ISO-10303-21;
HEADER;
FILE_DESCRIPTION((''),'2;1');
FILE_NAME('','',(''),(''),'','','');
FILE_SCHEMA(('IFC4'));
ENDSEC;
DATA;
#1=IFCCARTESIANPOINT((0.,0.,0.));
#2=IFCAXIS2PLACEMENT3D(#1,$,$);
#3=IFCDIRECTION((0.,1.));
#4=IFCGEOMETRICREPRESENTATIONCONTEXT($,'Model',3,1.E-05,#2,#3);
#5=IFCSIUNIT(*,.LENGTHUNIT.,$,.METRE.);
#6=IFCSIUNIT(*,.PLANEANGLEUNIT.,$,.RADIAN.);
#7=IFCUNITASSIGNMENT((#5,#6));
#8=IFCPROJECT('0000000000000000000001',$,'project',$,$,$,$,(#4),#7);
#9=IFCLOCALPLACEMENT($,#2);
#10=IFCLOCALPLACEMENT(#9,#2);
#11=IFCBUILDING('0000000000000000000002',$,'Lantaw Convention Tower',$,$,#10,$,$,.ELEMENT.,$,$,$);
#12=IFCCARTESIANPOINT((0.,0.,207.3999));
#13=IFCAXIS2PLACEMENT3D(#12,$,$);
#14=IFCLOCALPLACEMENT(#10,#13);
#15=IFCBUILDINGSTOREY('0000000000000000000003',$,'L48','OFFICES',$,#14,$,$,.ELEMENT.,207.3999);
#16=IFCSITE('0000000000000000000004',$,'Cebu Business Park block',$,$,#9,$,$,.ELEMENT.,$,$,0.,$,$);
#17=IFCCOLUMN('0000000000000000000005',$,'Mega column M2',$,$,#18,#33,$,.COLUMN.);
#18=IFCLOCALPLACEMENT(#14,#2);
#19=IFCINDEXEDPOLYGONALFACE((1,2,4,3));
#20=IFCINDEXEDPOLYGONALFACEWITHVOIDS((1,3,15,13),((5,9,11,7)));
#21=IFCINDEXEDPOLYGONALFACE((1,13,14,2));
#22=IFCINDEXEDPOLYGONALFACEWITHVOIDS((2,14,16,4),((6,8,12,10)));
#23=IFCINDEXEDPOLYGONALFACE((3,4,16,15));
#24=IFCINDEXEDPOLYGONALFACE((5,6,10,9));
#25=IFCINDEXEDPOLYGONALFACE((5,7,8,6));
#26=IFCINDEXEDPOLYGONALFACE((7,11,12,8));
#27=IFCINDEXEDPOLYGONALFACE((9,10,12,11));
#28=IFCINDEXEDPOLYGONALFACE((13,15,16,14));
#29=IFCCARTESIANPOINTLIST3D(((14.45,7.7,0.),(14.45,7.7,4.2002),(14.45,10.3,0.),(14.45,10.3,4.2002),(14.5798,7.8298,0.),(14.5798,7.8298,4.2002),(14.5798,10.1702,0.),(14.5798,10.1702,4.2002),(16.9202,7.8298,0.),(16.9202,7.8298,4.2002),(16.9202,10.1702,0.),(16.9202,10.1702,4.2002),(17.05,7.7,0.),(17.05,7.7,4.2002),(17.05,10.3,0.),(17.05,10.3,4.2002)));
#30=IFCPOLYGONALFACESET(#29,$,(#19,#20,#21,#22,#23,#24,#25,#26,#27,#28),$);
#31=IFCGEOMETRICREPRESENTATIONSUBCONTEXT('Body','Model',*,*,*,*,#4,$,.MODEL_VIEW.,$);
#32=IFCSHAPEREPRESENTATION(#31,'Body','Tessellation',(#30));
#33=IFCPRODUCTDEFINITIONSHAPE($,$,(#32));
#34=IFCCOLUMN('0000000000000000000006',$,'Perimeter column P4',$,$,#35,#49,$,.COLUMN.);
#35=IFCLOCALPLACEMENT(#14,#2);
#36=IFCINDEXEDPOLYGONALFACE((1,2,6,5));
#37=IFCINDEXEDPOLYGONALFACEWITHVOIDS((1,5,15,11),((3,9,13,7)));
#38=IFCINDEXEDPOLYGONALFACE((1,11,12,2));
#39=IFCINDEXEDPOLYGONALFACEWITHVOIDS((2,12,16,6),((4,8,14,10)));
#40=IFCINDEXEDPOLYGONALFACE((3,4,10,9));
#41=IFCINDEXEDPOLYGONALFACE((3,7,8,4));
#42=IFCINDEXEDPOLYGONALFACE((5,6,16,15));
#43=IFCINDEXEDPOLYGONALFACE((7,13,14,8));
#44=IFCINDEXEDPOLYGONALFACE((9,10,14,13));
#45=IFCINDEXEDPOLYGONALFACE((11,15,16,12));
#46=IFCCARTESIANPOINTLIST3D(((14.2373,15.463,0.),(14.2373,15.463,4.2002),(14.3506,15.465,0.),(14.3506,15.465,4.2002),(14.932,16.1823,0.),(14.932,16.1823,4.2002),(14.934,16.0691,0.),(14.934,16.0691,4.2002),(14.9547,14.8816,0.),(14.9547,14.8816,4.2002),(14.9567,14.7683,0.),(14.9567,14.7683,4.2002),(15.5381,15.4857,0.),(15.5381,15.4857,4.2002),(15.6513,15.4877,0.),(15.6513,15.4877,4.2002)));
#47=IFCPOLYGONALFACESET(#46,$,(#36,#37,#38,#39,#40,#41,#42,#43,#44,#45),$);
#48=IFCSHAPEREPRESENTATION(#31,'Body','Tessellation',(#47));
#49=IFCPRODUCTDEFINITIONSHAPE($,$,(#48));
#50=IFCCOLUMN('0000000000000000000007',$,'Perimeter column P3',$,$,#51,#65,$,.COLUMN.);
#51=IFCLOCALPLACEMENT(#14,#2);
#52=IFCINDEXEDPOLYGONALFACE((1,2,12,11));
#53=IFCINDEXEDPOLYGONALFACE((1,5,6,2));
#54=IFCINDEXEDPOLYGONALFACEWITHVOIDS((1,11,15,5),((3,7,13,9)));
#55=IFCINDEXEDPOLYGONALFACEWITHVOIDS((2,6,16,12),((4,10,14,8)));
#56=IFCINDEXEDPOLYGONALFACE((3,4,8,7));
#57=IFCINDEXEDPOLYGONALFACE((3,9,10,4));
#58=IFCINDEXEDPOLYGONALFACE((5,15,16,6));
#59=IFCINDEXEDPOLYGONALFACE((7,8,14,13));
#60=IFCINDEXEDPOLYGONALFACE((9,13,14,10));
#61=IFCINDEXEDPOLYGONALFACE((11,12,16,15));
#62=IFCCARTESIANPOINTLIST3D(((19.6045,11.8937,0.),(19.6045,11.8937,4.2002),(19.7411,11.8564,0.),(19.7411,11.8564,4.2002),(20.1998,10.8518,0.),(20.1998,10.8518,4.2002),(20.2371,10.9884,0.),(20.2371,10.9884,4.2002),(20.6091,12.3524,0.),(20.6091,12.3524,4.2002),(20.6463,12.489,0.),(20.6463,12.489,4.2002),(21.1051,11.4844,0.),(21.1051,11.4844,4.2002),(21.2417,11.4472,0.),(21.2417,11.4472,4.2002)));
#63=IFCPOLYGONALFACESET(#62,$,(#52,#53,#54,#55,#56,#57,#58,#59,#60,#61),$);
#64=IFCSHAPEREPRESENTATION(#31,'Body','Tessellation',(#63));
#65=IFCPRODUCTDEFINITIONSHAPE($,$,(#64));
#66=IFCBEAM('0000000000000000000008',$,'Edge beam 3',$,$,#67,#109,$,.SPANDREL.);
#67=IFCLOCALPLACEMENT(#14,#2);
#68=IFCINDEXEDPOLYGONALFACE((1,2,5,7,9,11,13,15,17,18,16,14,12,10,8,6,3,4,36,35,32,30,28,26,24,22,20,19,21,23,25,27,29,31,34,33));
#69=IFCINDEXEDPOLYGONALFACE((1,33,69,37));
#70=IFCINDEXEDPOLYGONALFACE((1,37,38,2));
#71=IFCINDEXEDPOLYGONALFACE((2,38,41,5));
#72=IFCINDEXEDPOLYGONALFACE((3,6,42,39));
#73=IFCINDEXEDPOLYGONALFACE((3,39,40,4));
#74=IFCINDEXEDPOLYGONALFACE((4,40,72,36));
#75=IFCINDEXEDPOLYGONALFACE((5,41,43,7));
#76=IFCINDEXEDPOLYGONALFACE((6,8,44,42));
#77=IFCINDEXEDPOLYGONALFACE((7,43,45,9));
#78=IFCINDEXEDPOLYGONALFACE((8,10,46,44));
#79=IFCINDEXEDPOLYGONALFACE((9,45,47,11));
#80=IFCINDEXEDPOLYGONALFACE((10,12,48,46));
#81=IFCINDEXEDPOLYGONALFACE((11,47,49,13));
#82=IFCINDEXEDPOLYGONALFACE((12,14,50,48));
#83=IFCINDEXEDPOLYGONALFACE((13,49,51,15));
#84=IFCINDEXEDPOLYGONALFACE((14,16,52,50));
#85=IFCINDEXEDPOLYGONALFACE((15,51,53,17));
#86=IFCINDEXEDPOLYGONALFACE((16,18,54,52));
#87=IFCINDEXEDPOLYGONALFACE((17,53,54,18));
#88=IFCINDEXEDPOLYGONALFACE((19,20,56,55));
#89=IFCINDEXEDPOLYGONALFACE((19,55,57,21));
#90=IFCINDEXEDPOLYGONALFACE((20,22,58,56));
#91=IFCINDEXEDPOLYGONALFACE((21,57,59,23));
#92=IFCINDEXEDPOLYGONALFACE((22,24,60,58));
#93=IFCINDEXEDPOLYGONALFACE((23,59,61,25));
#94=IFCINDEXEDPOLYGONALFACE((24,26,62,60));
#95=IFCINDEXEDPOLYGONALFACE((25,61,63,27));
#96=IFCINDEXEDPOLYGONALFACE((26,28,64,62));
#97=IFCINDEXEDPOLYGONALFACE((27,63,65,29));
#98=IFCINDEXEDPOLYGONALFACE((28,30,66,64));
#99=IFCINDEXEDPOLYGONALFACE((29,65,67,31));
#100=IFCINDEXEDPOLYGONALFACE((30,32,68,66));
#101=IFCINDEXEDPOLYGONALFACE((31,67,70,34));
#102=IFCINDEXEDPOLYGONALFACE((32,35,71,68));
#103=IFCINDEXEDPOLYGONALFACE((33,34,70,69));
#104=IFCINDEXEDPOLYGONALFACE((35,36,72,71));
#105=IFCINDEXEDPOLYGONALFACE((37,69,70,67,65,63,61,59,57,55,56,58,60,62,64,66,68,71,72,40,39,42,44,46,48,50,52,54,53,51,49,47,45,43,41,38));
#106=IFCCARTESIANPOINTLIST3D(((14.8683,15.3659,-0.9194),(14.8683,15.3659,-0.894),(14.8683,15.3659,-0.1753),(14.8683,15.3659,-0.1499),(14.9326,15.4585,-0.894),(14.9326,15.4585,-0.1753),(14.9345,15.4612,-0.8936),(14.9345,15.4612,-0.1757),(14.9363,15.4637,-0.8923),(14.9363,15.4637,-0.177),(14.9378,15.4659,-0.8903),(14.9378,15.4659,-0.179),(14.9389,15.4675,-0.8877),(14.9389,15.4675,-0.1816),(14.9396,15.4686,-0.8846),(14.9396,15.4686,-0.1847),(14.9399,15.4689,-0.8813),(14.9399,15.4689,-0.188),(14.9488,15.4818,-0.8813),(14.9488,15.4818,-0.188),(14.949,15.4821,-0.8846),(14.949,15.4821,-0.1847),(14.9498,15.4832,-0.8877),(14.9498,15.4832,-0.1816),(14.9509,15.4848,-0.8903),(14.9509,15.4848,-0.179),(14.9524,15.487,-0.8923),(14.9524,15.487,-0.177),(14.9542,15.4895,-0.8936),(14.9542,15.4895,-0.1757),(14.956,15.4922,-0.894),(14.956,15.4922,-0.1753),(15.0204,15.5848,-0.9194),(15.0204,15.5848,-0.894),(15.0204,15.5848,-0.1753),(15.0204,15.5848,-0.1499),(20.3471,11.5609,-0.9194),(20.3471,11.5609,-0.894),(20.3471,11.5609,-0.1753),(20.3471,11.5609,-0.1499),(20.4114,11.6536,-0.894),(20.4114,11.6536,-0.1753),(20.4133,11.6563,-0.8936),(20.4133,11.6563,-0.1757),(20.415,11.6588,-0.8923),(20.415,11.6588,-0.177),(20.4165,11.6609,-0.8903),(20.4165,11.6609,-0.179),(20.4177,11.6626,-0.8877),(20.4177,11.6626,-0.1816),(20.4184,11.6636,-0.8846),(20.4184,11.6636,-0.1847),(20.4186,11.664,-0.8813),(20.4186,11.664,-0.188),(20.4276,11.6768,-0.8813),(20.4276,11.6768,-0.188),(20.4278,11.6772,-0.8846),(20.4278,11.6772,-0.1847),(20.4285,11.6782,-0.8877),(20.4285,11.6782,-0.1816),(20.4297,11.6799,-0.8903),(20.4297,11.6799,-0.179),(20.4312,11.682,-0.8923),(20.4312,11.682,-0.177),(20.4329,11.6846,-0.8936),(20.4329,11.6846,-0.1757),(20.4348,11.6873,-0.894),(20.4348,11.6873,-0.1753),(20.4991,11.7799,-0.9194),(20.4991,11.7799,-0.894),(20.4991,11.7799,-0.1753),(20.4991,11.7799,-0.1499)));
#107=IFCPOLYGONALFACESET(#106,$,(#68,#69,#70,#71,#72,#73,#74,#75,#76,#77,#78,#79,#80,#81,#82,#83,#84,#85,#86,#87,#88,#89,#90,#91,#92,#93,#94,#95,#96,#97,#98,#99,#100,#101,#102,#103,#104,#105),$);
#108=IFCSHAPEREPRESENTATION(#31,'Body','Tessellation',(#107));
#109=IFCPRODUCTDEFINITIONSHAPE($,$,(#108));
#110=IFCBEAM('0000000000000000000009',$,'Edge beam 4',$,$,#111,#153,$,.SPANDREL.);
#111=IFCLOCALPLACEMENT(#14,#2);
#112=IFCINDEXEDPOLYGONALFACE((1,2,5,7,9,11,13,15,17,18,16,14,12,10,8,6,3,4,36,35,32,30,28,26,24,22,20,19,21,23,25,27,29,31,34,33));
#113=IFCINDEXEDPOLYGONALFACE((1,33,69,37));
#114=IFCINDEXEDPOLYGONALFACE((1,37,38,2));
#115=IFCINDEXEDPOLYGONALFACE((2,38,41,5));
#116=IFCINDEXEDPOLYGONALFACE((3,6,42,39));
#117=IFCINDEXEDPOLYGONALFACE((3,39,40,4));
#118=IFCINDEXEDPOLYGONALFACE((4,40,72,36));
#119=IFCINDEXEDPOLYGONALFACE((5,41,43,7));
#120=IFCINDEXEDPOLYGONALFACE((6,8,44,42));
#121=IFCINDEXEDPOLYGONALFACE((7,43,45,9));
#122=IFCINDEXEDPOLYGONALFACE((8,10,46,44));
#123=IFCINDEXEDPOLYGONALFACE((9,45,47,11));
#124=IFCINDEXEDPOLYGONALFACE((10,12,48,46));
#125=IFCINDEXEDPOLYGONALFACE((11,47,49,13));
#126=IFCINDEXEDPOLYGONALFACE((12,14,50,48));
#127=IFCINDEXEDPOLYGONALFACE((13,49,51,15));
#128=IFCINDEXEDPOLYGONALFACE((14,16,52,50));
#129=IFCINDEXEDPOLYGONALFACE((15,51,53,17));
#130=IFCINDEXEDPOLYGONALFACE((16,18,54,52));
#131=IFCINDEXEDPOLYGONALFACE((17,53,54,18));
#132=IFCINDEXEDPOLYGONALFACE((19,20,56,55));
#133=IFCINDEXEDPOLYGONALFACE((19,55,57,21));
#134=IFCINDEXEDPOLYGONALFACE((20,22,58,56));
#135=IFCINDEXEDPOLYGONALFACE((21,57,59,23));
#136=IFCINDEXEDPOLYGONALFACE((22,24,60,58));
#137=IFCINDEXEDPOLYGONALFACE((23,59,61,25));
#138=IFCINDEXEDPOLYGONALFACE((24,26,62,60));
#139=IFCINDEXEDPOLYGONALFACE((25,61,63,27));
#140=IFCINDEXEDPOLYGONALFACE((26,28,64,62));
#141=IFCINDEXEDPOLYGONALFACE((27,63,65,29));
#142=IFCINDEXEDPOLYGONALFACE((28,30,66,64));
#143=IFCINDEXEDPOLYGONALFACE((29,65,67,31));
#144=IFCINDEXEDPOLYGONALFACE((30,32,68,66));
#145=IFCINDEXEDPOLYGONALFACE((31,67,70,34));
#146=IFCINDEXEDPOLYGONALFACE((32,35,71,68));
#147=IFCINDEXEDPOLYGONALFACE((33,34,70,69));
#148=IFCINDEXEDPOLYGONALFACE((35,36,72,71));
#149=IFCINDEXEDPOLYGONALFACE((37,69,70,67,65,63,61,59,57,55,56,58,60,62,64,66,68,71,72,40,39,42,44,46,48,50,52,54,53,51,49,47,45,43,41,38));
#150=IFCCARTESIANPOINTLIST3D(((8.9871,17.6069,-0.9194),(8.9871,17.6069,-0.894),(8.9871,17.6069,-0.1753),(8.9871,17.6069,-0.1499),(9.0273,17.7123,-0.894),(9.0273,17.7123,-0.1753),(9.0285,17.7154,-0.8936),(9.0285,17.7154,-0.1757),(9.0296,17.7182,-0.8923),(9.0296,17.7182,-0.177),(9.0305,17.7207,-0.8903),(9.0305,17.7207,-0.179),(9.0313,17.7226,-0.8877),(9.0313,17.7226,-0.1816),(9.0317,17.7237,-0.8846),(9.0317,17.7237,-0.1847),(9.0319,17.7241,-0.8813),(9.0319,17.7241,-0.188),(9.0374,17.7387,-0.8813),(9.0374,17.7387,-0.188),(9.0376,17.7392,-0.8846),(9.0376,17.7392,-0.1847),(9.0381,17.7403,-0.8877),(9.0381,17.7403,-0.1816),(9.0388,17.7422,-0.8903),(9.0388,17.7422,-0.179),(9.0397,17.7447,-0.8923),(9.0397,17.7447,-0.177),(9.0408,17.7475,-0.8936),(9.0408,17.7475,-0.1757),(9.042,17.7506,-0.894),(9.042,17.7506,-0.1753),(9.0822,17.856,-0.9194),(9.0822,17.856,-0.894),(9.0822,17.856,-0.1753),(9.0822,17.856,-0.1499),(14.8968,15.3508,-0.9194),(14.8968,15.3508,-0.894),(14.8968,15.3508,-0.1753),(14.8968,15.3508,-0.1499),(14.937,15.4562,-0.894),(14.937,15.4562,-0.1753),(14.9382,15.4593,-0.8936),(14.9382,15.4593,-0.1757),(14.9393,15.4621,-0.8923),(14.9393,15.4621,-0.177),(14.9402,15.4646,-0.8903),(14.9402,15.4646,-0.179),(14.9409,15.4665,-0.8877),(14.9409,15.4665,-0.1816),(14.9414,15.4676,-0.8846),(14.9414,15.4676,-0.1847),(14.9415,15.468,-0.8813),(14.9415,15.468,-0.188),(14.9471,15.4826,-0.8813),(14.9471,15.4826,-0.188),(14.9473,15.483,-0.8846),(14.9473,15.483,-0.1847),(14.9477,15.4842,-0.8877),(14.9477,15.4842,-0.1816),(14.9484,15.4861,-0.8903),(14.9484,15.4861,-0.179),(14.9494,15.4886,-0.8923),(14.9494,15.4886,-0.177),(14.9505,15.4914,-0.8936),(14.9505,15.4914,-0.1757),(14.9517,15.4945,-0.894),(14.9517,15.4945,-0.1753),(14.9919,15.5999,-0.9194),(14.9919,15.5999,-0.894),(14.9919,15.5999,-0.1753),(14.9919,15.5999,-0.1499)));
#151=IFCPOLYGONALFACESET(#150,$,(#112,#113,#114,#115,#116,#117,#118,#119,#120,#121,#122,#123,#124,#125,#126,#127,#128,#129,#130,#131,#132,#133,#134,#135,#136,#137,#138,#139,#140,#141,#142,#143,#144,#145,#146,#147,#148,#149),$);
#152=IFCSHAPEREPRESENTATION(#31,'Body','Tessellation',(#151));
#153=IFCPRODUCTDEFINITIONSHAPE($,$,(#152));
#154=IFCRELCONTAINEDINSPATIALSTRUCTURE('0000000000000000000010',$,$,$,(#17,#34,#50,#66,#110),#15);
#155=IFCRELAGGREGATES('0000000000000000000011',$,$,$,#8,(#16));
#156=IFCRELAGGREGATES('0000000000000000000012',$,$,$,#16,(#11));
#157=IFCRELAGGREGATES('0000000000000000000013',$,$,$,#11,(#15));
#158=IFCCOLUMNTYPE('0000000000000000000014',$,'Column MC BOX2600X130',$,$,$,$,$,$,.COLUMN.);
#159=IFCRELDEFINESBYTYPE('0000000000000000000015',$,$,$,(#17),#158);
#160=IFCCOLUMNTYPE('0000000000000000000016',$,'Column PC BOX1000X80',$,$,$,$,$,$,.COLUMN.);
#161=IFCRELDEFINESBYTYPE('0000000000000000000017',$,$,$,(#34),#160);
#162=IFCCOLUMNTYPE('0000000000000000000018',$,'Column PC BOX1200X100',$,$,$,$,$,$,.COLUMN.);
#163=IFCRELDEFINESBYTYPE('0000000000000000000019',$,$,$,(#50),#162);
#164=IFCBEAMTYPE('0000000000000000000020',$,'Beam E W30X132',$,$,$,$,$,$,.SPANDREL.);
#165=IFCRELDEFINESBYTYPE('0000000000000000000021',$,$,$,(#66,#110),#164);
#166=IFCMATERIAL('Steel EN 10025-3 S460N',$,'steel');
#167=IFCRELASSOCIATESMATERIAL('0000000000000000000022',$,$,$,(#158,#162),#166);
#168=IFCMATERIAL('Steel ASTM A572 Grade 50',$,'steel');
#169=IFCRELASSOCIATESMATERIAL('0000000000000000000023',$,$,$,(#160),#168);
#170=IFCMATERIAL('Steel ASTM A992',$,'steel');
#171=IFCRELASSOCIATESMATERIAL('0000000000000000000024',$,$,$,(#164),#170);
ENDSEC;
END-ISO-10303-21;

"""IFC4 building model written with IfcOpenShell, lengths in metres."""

from ifc_helpers import new_model, si_unit, direction, frame, origin, origin_2d, place, context, subcontext, project, spatial, rectangle, hollow_rectangle, i_section, extrude, material, material_profile, profile_set, type_object, element, save


model = new_model("IFC4")

# Units and contexts
model_context = context("Model", 3, precision=1e-05, world=origin(), true_north=direction((0.0, 1.0)))
body_context = subcontext(model_context, "Body", "Model", "MODEL_VIEW")
ifc_project = project(units=[si_unit("LENGTHUNIT", "METRE"), si_unit("PLANEANGLEUNIT", "RADIAN")], contexts=[model_context])

# Site, building, storey
site_placement = place(None, origin())
site = spatial("IfcSite", under=ifc_project, at=site_placement, Name="Cebu Business Park block", CompositionType="ELEMENT", RefElevation=0.0)
building_placement = place(site_placement, origin())
building = spatial("IfcBuilding", under=site, at=building_placement, Name="Lantaw Convention Tower", CompositionType="ELEMENT")
storey_placement = place(building_placement, frame((0.0, 0.0, 207.3999)))
storey = spatial("IfcBuildingStorey", under=building, at=storey_placement, Name="L48", Description="OFFICES", CompositionType="ELEMENT", Elevation=207.3999)

# Columns
ifc_material_1 = material(Name="Steel EN 10025-3 S460N", Category="steel")
ifc_material_profile_1 = material_profile(ifc_material_1, hollow_rectangle(XDim=2.6001, YDim=2.6001, WallThickness=0.1299, at=origin_2d()), Name="BOX2600X130")
ifc_material_2 = material(Name="Concrete C60/75", Category="concrete")
ifc_material_profile_2 = material_profile(ifc_material_2, rectangle(XDim=2.3401, YDim=2.3401, at=origin_2d()), Name="Concrete fill of BOX2600X130")
ifc_profile_set_1 = profile_set([ifc_material_profile_1, ifc_material_profile_2], Name="Steel EN 10025-3 S460N")
column_type_1 = type_object("IfcColumnType", Name="Column MC BOX2600X130", PredefinedType="COLUMN", material=ifc_profile_set_1)
column_1_placement = place(storey_placement, frame((15.75, 9.0, 0.0), z_axis=(0.0, 0.0, 1.0), x_axis=(1.0, 0.0, 0.0)))
element("IfcColumn", 1, at=column_1_placement, inside=storey, type_object=column_type_1, Name="Mega column M2", PredefinedType="COLUMN", context=body_context, shape_type="SweptSolid", body=[
    extrude(hollow_rectangle(XDim=2.6001, YDim=2.6001, WallThickness=0.1299, at=origin_2d()), origin(), (0.0, 0.0, 1.0), 4.2002),
])
ifc_material_3 = material(Name="Steel ASTM A572 Grade 50", Category="steel")
ifc_material_profile_3 = material_profile(ifc_material_3, hollow_rectangle(XDim=1.0, YDim=1.0, WallThickness=0.0801, at=origin_2d()), Name="BOX1000X80")
ifc_material_profile_4 = material_profile(ifc_material_2, rectangle(XDim=0.8401, YDim=0.8401, at=origin_2d()), Name="Concrete fill of BOX1000X80")
ifc_profile_set_2 = profile_set([ifc_material_profile_3, ifc_material_profile_4], Name="Steel ASTM A572 Grade 50")
column_type_2 = type_object("IfcColumnType", Name="Column PC BOX1000X80", PredefinedType="COLUMN", material=ifc_profile_set_2)
column_2_placement = place(storey_placement, frame((14.9443, 15.4753, 0.0), z_axis=(0.0, 0.0, 1.0), x_axis=(0.694658, 0.71934, 0.0)))
element("IfcColumn", 2, at=column_2_placement, inside=storey, type_object=column_type_2, Name="Perimeter column P4", PredefinedType="COLUMN", context=body_context, shape_type="SweptSolid", body=[
    extrude(hollow_rectangle(XDim=1.0, YDim=1.0, WallThickness=0.0801, at=origin_2d()), origin(), (0.0, 0.0, 1.0), 4.2002),
])
ifc_material_profile_5 = material_profile(ifc_material_1, hollow_rectangle(XDim=1.2, YDim=1.2, WallThickness=0.1001, at=origin_2d()), Name="BOX1200X100")
ifc_material_profile_6 = material_profile(ifc_material_2, rectangle(XDim=1.0, YDim=1.0, at=origin_2d()), Name="Concrete fill of BOX1200X100")
ifc_profile_set_3 = profile_set([ifc_material_profile_5, ifc_material_profile_6], Name="Steel EN 10025-3 S460N")
column_type_3 = type_object("IfcColumnType", Name="Column PC BOX1200X100", PredefinedType="COLUMN", material=ifc_profile_set_3)
column_3_placement = place(storey_placement, frame((20.4231, 11.6704, 0.0), z_axis=(0.0, 0.0, 1.0), x_axis=(0.868243, 0.496139, 0.0)))
element("IfcColumn", 3, at=column_3_placement, inside=storey, type_object=column_type_3, Name="Perimeter column P3", PredefinedType="COLUMN", context=body_context, shape_type="SweptSolid", body=[
    extrude(hollow_rectangle(XDim=1.2, YDim=1.2, WallThickness=0.1001, at=origin_2d()), origin(), (0.0, 0.0, 1.0), 4.2002),
])

# Beams
ifc_material_4 = material(Name="Steel ASTM A992", Category="steel")
ifc_material_profile_7 = material_profile(ifc_material_4, i_section(OverallWidth=0.2666, OverallDepth=0.7695, WebThickness=0.0156, FlangeThickness=0.0254, FilletRadius=0.0127, at=origin_2d()), Name="W30X132")
ifc_profile_set_4 = profile_set([ifc_material_profile_7], Name="Steel ASTM A992")
beam_type_1 = type_object("IfcBeamType", Name="Beam E W30X132", PredefinedType="SPANDREL", material=ifc_profile_set_4)
beam_1_placement = place(storey_placement, frame((20.4231, 11.6704, -0.5347), z_axis=(-0.821353, 0.57042, 0.0), x_axis=(-0.57042, -0.821353, 0.0)))
element("IfcBeam", 4, at=beam_1_placement, inside=storey, type_object=beam_type_1, Name="Edge beam 3", PredefinedType="SPANDREL", context=body_context, shape_type="SweptSolid", body=[
    extrude(i_section(OverallWidth=0.2666, OverallDepth=0.7695, WebThickness=0.0156, FlangeThickness=0.0254, FilletRadius=0.0127, at=origin_2d()), origin(), (0.0, 0.0, 1.0), 6.6704),
])
beam_2_placement = place(storey_placement, frame((14.9443, 15.4753, -0.5347), z_axis=(-0.934235, 0.356658, 0.0), x_axis=(-0.356658, -0.934235, 0.0)))
element("IfcBeam", 5, at=beam_2_placement, inside=storey, type_object=beam_type_1, Name="Edge beam 4", PredefinedType="SPANDREL", context=body_context, shape_type="SweptSolid", body=[
    extrude(i_section(OverallWidth=0.2666, OverallDepth=0.7695, WebThickness=0.0156, FlangeThickness=0.0254, FilletRadius=0.0127, at=origin_2d()), origin(), (0.0, 0.0, 1.0), 6.3257),
])

save(model, "model.ifc")
